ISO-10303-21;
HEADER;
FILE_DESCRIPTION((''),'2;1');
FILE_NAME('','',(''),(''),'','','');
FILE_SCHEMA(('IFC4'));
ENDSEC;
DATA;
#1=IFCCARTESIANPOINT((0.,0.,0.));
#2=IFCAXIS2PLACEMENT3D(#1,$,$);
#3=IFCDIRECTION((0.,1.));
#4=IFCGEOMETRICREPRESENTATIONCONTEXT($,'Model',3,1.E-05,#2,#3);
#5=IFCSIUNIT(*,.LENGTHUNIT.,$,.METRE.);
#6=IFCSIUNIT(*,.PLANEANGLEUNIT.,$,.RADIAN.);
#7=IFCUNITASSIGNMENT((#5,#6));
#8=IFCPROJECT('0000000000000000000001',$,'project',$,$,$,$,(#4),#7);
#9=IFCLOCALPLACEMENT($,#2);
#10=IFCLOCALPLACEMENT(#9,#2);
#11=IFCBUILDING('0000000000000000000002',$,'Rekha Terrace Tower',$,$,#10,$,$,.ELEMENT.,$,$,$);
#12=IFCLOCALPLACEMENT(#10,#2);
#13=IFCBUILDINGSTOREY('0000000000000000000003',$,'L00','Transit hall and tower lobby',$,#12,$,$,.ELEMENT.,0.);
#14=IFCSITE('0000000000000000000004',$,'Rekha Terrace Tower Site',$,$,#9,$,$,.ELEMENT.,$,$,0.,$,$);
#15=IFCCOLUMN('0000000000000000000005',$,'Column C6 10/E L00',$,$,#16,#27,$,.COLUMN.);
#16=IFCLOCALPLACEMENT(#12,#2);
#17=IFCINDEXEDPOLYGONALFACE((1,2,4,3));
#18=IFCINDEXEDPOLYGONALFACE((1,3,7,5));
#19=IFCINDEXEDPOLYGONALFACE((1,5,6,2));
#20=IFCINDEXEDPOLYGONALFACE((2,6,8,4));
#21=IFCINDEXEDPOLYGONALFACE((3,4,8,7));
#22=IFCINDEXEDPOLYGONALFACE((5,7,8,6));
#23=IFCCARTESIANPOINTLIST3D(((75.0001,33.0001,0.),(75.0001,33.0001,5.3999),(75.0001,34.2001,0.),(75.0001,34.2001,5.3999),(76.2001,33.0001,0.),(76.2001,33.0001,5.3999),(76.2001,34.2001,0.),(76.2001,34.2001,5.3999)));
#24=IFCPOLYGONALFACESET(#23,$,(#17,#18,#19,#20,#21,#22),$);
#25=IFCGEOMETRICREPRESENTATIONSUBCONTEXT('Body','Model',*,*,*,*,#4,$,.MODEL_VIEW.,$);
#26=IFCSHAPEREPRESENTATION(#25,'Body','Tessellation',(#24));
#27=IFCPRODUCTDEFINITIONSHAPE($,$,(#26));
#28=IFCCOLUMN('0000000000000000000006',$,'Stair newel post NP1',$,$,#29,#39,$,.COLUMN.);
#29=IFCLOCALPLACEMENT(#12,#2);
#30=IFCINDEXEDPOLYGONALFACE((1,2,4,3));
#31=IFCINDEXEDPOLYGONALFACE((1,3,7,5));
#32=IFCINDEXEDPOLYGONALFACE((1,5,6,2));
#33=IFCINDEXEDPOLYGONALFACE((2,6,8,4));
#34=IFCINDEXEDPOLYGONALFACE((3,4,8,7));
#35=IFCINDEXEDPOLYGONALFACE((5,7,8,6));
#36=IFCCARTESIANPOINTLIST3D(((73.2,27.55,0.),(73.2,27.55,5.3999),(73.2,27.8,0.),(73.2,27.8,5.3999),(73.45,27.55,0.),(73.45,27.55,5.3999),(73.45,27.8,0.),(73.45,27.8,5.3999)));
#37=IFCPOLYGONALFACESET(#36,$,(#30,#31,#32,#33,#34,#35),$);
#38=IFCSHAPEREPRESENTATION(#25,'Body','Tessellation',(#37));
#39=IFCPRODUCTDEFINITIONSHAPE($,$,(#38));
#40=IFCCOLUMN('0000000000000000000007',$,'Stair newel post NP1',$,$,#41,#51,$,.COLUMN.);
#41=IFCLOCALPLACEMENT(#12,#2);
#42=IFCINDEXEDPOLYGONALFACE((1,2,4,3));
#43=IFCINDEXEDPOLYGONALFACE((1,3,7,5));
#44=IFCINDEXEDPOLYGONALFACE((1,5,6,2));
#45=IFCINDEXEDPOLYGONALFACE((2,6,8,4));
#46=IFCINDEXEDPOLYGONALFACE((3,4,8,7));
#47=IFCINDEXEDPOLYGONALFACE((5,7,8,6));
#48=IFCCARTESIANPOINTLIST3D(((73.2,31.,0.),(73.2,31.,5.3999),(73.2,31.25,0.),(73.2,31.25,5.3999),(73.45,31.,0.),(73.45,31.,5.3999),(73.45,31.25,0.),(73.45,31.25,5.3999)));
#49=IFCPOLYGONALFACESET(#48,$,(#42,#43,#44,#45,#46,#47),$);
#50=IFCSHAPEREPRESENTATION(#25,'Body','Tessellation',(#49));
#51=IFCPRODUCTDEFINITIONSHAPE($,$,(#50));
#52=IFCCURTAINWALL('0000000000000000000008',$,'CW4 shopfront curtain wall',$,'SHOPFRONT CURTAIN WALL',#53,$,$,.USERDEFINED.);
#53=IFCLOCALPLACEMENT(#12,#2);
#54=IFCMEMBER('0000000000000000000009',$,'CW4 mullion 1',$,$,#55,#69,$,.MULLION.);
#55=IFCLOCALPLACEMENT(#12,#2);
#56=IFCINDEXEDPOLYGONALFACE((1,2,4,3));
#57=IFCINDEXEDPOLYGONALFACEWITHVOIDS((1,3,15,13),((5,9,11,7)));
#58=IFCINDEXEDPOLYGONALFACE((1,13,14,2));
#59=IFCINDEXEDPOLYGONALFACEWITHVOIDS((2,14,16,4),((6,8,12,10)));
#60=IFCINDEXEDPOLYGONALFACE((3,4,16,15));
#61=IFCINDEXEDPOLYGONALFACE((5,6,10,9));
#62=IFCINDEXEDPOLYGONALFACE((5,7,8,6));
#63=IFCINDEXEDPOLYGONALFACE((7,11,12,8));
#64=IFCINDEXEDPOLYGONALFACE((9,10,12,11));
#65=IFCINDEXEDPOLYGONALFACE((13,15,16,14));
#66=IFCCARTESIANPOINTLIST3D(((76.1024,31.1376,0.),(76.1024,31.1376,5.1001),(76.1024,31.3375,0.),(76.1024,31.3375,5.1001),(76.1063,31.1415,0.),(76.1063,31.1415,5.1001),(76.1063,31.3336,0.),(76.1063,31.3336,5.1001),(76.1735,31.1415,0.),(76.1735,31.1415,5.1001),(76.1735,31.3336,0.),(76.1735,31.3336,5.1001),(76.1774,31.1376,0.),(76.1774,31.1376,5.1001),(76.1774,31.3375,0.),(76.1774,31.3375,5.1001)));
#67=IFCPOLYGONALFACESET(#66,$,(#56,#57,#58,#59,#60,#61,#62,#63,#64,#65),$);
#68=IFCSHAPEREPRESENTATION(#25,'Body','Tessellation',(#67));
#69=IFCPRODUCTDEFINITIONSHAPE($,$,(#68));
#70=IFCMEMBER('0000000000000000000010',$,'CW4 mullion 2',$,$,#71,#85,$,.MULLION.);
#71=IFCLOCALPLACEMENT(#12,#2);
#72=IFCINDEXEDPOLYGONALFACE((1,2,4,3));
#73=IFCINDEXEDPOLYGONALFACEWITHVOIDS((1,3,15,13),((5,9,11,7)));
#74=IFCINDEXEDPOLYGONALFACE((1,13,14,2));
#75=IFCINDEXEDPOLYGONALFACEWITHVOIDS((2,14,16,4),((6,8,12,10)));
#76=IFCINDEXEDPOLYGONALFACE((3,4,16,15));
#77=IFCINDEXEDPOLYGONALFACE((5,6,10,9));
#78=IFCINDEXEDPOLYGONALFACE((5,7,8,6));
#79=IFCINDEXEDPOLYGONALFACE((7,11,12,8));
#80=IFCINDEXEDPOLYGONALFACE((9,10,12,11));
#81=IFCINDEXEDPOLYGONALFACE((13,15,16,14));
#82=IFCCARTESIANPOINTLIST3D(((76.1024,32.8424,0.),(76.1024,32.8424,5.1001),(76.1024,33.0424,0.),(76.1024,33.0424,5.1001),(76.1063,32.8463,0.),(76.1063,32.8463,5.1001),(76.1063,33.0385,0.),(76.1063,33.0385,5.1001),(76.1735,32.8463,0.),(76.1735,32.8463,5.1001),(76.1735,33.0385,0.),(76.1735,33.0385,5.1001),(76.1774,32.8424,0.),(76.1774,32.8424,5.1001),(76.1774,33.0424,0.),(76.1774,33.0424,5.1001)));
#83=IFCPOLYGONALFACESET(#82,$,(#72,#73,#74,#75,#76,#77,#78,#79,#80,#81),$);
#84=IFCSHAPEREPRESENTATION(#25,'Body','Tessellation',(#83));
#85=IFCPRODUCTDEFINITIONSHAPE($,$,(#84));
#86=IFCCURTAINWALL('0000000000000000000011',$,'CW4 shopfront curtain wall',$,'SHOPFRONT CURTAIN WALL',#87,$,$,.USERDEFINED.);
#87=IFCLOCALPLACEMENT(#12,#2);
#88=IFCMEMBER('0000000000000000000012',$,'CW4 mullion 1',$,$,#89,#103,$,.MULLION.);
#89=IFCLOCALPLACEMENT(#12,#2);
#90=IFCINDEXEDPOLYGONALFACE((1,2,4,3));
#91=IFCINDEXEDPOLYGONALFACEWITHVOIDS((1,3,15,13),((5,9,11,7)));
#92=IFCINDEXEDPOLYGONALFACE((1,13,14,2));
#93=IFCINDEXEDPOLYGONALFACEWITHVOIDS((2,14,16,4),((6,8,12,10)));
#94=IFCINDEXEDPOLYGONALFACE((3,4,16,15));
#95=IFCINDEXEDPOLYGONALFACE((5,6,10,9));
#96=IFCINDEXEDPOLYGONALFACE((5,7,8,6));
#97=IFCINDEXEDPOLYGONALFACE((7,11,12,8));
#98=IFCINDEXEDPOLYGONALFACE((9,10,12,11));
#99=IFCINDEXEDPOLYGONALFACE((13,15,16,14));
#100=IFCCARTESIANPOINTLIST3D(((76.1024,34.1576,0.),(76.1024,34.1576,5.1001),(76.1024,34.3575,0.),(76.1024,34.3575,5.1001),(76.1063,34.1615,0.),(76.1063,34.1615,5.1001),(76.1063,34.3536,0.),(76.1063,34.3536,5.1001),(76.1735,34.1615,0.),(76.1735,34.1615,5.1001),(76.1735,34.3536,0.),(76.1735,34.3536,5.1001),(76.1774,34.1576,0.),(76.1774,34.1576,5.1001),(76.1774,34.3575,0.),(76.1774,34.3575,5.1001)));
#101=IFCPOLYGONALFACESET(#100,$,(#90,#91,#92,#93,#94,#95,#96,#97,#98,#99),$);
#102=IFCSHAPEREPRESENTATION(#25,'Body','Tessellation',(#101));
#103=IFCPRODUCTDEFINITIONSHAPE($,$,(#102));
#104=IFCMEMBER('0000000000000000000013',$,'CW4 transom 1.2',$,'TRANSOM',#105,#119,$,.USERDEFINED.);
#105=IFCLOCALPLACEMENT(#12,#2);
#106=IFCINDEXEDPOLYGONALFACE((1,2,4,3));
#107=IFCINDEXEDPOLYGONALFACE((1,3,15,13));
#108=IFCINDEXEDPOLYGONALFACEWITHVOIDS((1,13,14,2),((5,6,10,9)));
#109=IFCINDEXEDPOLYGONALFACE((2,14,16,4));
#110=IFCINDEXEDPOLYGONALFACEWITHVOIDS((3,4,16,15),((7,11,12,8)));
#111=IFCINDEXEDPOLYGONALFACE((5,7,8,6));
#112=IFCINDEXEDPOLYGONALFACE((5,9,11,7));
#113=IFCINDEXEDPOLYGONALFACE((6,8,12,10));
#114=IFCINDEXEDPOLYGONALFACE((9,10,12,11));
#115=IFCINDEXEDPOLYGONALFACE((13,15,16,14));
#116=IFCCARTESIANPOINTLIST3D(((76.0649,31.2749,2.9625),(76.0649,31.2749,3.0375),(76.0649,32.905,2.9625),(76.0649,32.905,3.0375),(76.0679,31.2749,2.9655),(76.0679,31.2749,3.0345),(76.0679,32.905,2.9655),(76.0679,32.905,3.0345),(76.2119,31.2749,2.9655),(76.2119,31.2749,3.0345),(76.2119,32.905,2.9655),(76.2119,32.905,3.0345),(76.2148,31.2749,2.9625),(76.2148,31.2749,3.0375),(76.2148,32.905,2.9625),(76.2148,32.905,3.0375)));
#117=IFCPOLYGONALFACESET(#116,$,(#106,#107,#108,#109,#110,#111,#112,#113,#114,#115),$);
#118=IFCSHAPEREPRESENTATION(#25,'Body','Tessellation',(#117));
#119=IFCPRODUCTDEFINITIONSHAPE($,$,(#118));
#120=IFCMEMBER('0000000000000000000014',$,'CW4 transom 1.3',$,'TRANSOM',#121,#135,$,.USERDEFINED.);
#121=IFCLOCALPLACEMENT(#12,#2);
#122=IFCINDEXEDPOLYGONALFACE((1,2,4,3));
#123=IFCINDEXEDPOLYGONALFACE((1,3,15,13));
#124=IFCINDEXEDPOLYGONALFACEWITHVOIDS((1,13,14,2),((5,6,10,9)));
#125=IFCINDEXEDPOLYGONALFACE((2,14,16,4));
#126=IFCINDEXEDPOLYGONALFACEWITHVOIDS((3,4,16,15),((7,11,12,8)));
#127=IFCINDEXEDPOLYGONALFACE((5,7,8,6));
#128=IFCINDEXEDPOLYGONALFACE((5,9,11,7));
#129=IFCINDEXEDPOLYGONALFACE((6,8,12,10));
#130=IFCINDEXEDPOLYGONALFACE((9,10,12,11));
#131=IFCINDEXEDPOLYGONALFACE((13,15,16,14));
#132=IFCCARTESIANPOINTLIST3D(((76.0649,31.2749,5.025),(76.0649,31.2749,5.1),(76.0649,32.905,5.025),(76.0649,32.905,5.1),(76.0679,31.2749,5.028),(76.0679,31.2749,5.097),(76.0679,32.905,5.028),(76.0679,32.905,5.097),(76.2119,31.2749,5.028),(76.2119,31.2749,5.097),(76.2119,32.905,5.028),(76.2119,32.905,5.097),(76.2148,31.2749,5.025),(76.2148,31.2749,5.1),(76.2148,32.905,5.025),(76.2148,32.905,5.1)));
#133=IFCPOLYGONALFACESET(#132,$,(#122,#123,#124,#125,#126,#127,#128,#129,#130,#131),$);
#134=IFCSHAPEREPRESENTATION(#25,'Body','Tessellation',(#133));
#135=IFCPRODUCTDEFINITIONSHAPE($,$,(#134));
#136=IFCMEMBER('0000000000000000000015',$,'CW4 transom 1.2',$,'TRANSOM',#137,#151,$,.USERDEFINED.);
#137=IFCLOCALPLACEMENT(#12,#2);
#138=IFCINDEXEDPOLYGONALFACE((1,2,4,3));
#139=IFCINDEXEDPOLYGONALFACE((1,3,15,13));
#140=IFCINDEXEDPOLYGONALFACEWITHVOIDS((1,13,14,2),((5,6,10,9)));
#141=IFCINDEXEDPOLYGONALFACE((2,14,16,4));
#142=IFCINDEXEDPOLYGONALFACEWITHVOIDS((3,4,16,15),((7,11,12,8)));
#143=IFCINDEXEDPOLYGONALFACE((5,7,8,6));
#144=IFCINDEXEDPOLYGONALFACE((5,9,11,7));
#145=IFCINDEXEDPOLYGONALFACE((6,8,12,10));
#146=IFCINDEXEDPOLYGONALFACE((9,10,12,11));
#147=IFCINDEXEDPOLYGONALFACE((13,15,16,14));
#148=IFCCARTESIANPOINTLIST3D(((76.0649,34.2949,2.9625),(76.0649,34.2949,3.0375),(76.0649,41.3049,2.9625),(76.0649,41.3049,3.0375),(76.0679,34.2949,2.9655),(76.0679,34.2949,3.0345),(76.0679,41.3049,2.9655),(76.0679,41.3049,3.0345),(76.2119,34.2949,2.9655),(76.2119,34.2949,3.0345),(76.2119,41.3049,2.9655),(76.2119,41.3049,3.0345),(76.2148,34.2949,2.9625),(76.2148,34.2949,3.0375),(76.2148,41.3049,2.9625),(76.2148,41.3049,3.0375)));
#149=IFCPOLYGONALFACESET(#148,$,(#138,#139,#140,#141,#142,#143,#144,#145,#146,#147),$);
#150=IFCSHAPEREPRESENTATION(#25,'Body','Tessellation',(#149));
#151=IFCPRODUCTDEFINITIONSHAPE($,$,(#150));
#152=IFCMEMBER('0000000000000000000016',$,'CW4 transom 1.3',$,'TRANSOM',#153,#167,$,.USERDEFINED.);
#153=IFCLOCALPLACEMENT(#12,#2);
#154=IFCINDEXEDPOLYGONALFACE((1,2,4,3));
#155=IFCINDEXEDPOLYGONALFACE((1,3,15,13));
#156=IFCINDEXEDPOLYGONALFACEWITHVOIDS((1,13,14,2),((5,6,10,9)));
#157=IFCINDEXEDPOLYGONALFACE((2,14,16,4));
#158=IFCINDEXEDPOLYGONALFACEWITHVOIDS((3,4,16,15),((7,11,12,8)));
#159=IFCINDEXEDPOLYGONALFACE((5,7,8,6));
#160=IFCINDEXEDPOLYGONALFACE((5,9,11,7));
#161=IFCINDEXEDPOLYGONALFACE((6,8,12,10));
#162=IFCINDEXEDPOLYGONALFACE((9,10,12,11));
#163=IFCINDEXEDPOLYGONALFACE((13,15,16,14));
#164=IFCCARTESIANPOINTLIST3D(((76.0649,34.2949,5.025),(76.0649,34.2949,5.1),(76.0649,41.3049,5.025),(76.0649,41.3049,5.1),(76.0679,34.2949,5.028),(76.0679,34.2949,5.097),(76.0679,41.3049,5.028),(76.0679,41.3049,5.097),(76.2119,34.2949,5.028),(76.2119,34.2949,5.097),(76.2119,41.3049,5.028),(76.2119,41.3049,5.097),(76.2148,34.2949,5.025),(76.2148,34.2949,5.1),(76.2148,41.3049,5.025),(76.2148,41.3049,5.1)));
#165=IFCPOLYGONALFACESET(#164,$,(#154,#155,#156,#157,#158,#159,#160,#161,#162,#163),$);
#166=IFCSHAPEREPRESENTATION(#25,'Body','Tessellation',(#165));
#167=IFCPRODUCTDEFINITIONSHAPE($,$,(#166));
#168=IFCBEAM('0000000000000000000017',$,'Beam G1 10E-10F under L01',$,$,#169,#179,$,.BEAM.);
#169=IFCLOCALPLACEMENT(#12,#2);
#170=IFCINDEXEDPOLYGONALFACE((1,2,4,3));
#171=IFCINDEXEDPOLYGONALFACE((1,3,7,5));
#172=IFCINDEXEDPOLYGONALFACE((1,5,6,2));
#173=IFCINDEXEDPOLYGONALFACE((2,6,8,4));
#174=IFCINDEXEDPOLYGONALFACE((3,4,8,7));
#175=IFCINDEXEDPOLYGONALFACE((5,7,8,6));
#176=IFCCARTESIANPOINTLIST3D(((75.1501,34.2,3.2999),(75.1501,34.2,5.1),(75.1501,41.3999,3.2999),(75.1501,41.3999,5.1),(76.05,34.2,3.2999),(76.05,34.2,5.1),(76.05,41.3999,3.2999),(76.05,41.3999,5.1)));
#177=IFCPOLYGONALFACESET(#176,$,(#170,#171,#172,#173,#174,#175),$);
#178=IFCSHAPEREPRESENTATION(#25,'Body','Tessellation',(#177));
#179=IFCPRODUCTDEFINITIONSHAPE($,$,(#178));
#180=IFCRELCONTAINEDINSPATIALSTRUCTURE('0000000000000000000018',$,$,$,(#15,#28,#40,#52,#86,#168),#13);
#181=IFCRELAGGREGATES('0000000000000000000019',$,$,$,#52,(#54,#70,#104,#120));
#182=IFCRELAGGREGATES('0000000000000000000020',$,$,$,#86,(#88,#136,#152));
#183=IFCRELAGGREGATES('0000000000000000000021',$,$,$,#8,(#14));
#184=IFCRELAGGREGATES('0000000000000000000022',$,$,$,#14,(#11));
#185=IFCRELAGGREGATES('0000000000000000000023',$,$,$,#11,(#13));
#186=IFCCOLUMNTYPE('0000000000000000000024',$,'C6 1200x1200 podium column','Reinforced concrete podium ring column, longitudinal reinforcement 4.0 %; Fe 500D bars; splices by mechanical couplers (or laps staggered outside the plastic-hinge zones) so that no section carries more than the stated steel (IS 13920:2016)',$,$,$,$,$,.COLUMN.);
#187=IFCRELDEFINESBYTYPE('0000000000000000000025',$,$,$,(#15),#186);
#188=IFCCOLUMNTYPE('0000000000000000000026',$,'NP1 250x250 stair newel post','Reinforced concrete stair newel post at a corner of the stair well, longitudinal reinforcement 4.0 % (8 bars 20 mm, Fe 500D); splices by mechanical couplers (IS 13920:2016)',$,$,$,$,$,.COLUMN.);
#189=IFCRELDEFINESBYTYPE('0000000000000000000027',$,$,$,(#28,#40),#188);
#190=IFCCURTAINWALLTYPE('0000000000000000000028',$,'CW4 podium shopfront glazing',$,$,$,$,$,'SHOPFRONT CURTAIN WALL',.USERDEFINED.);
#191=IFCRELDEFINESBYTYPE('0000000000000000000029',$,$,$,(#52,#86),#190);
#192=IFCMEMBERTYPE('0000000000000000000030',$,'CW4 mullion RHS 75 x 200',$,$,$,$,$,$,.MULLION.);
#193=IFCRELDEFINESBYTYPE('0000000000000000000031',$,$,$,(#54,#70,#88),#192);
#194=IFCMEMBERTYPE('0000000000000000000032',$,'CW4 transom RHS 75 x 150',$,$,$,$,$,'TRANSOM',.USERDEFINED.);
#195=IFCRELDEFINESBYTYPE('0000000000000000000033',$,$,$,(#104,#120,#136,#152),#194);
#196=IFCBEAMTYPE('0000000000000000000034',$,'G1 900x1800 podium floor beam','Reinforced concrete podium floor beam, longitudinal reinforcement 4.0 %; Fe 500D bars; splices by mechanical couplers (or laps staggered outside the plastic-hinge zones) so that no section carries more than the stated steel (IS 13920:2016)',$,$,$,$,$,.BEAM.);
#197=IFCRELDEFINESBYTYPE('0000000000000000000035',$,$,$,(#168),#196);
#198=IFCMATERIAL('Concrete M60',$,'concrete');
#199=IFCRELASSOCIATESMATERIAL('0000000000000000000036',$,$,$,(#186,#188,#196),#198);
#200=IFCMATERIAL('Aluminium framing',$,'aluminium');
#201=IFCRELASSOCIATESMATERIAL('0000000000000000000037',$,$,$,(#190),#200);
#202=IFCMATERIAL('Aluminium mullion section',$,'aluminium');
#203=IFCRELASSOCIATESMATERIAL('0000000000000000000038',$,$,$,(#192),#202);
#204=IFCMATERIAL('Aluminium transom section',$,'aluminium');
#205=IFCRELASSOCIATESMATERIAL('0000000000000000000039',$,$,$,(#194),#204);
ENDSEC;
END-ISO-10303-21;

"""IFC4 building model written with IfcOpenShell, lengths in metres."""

from ifc_helpers import new_model, si_unit, direction, frame, origin, origin_2d, place, context, subcontext, project, spatial, rectangle, hollow_rectangle, extrude, material, material_profile, profile_set, type_object, element, aggregate, save


model = new_model("IFC4")

# Units and contexts
model_context = context("Model", 3, precision=1e-05, world=origin(), true_north=direction((0.0, 1.0)))
body_context = subcontext(model_context, "Body", "Model", "MODEL_VIEW")
ifc_project = project(units=[si_unit("LENGTHUNIT", "METRE"), si_unit("PLANEANGLEUNIT", "RADIAN")], contexts=[model_context])

# Site, building, storey
site_placement = place(None, origin())
site = spatial("IfcSite", under=ifc_project, at=site_placement, Name="Rekha Terrace Tower Site", CompositionType="ELEMENT", RefElevation=0.0)
building_placement = place(site_placement, origin())
building = spatial("IfcBuilding", under=site, at=building_placement, Name="Rekha Terrace Tower", CompositionType="ELEMENT")
storey_placement = place(building_placement, origin())
storey = spatial("IfcBuildingStorey", under=building, at=storey_placement, Name="L00", Description="Transit hall and tower lobby", CompositionType="ELEMENT", Elevation=0.0)

# Columns
ifc_material_1 = material(Name="Concrete M60", Category="concrete")
ifc_material_profile_1 = material_profile(ifc_material_1, rectangle(XDim=1.2, YDim=1.2, at=origin_2d()), Name="RC 1200x1200")
ifc_profile_set_1 = profile_set([ifc_material_profile_1], Name="Concrete M60")
column_type_1 = type_object("IfcColumnType", Name="C6 1200x1200 podium column", Description="Reinforced concrete podium ring column, longitudinal reinforcement 4.0 %; Fe 500D bars; splices by mechanical couplers (or laps staggered outside the plastic-hinge zones) so that no section carries more than the stated steel (IS 13920:2016)", PredefinedType="COLUMN", material=ifc_profile_set_1)
column_placement = place(storey_placement, frame((75.6001, 33.6001, 0.0), z_axis=(0.0, 0.0, 1.0), x_axis=(1.0, 0.0, 0.0)))
element("IfcColumn", 1, at=column_placement, inside=storey, type_object=column_type_1, Name="Column C6 10/E L00", PredefinedType="COLUMN", context=body_context, shape_type="SweptSolid", body=[
    extrude(rectangle(XDim=1.2, YDim=1.2, at=origin_2d()), origin(), (0.0, 0.0, 1.0), 5.3999),
])
ifc_material_profile_2 = material_profile(ifc_material_1, rectangle(XDim=0.25, YDim=0.25, at=origin_2d()), Name="RC 250x250")
ifc_profile_set_2 = profile_set([ifc_material_profile_2], Name="Concrete M60")
column_type_2 = type_object("IfcColumnType", Name="NP1 250x250 stair newel post", Description="Reinforced concrete stair newel post at a corner of the stair well, longitudinal reinforcement 4.0 % (8 bars 20 mm, Fe 500D); splices by mechanical couplers (IS 13920:2016)", PredefinedType="COLUMN", material=ifc_profile_set_2)
for number, where, z_axis, x_axis, name in (
    (2, (73.325, 27.675, 0.0), (0.0, 0.0, 1.0), (1.0, 0.0, 0.0), "Stair newel post NP1"),
    (3, (73.325, 31.125, 0.0), (0.0, 0.0, 1.0), (1.0, 0.0, 0.0), "Stair newel post NP1"),
):
    element("IfcColumn", number, at=place(storey_placement, frame(where, z_axis=z_axis, x_axis=x_axis)), inside=storey, type_object=column_type_2, Name=name, PredefinedType="COLUMN", context=body_context, shape_type="SweptSolid", body=[
        extrude(rectangle(XDim=0.25, YDim=0.25, at=origin_2d()), origin(), (0.0, 0.0, 1.0), 5.3999),
    ])

# Curtain wall, members
ifc_material_2 = material(Name="Aluminium framing", Category="aluminium")
curtain_wall_type = type_object("IfcCurtainWallType", Name="CW4 podium shopfront glazing", ElementType="SHOPFRONT CURTAIN WALL", PredefinedType="USERDEFINED", material=ifc_material_2)
curtain_wall_1_placement = place(storey_placement, origin())
curtain_wall_1 = element("IfcCurtainWall", 4, at=curtain_wall_1_placement, inside=storey, type_object=curtain_wall_type, Name="CW4 shopfront curtain wall", ObjectType="SHOPFRONT CURTAIN WALL", PredefinedType="USERDEFINED")
ifc_material_3 = material(Name="Aluminium mullion section", Category="aluminium")
ifc_material_profile_3 = material_profile(ifc_material_3, hollow_rectangle(XDim=0.075, YDim=0.2, WallThickness=0.0039, at=origin_2d()), Name="AL RHS 75x200")
ifc_profile_set_3 = profile_set([ifc_material_profile_3], Name="Aluminium mullion section")
member_type_1 = type_object("IfcMemberType", Name="CW4 mullion RHS 75 x 200", PredefinedType="MULLION", material=ifc_profile_set_3)
member_1_placement = place(storey_placement, frame((76.1399, 31.2375, 0.0), z_axis=(0.0, 0.0, 1.0), x_axis=(-1.0, 0.0, 0.0)))
member_1 = element("IfcMember", 5, at=member_1_placement, type_object=member_type_1, Name="CW4 mullion 1", PredefinedType="MULLION", context=body_context, shape_type="SweptSolid", body=[
    extrude(hollow_rectangle(XDim=0.075, YDim=0.2, WallThickness=0.0039, at=origin_2d()), origin(), (0.0, 0.0, 1.0), 5.1001),
])
member_2_placement = place(storey_placement, frame((76.1399, 32.9424, 0.0), z_axis=(0.0, 0.0, 1.0), x_axis=(-1.0, 0.0, 0.0)))
member_2 = element("IfcMember", 6, at=member_2_placement, type_object=member_type_1, Name="CW4 mullion 2", PredefinedType="MULLION", context=body_context, shape_type="SweptSolid", body=[
    extrude(hollow_rectangle(XDim=0.075, YDim=0.2, WallThickness=0.0039, at=origin_2d()), origin(), (0.0, 0.0, 1.0), 5.1001),
])

# Curtain wall, member
curtain_wall_2_placement = place(storey_placement, origin())
curtain_wall_2 = element("IfcCurtainWall", 7, at=curtain_wall_2_placement, inside=storey, type_object=curtain_wall_type, Name="CW4 shopfront curtain wall", ObjectType="SHOPFRONT CURTAIN WALL", PredefinedType="USERDEFINED")
member_3_placement = place(storey_placement, frame((76.1399, 34.2576, 0.0), z_axis=(0.0, 0.0, 1.0), x_axis=(-1.0, 0.0, 0.0)))
member_3 = element("IfcMember", 8, at=member_3_placement, type_object=member_type_1, Name="CW4 mullion 1", PredefinedType="MULLION", context=body_context, shape_type="SweptSolid", body=[
    extrude(hollow_rectangle(XDim=0.075, YDim=0.2, WallThickness=0.0039, at=origin_2d()), origin(), (0.0, 0.0, 1.0), 5.1001),
])

# Members
ifc_material_4 = material(Name="Aluminium transom section", Category="aluminium")
ifc_material_profile_4 = material_profile(ifc_material_4, hollow_rectangle(XDim=0.1499, YDim=0.075, WallThickness=0.0029, at=origin_2d()), Name="AL RHS 150x75")
ifc_profile_set_4 = profile_set([ifc_material_profile_4], Name="Aluminium transom section")
member_type_2 = type_object("IfcMemberType", Name="CW4 transom RHS 75 x 150", ElementType="TRANSOM", PredefinedType="USERDEFINED", material=ifc_profile_set_4)
member_4_placement = place(storey_placement, frame((76.1399, 31.2749, 3.0), z_axis=(0.0, 1.0, 0.0), x_axis=(-1.0, 0.0, 0.0)))
member_4 = element("IfcMember", 9, at=member_4_placement, type_object=member_type_2, Name="CW4 transom 1.2", ObjectType="TRANSOM", PredefinedType="USERDEFINED", context=body_context, shape_type="SweptSolid", body=[
    extrude(hollow_rectangle(XDim=0.1499, YDim=0.075, WallThickness=0.0029, at=origin_2d()), origin(), (0.0, 0.0, 1.0), 1.6301),
])
member_5_placement = place(storey_placement, frame((76.1399, 31.2749, 5.0625), z_axis=(0.0, 1.0, 0.0), x_axis=(-1.0, 0.0, 0.0)))
member_5 = element("IfcMember", 10, at=member_5_placement, type_object=member_type_2, Name="CW4 transom 1.3", ObjectType="TRANSOM", PredefinedType="USERDEFINED", context=body_context, shape_type="SweptSolid", body=[
    extrude(hollow_rectangle(XDim=0.1499, YDim=0.075, WallThickness=0.0029, at=origin_2d()), origin(), (0.0, 0.0, 1.0), 1.6301),
])
member_6_placement = place(storey_placement, frame((76.1399, 34.2949, 3.0), z_axis=(0.0, 1.0, 0.0), x_axis=(-1.0, 0.0, 0.0)))
member_6 = element("IfcMember", 11, at=member_6_placement, type_object=member_type_2, Name="CW4 transom 1.2", ObjectType="TRANSOM", PredefinedType="USERDEFINED", context=body_context, shape_type="SweptSolid", body=[
    extrude(hollow_rectangle(XDim=0.1499, YDim=0.075, WallThickness=0.0029, at=origin_2d()), origin(), (0.0, 0.0, 1.0), 7.01),
])
member_7_placement = place(storey_placement, frame((76.1399, 34.2949, 5.0625), z_axis=(0.0, 1.0, 0.0), x_axis=(-1.0, 0.0, 0.0)))
member_7 = element("IfcMember", 12, at=member_7_placement, type_object=member_type_2, Name="CW4 transom 1.3", ObjectType="TRANSOM", PredefinedType="USERDEFINED", context=body_context, shape_type="SweptSolid", body=[
    extrude(hollow_rectangle(XDim=0.1499, YDim=0.075, WallThickness=0.0029, at=origin_2d()), origin(), (0.0, 0.0, 1.0), 7.01),
])

# Beam
ifc_material_profile_5 = material_profile(ifc_material_1, rectangle(XDim=0.8999, YDim=1.8, at=origin_2d()), Name="RC 900x1800")
ifc_profile_set_5 = profile_set([ifc_material_profile_5], Name="Concrete M60")
beam_type = type_object("IfcBeamType", Name="G1 900x1800 podium floor beam", Description="Reinforced concrete podium floor beam, longitudinal reinforcement 4.0 %; Fe 500D bars; splices by mechanical couplers (or laps staggered outside the plastic-hinge zones) so that no section carries more than the stated steel (IS 13920:2016)", PredefinedType="BEAM", material=ifc_profile_set_5)
beam_placement = place(storey_placement, frame((75.6001, 34.2, 4.2), z_axis=(0.0, 1.0, 0.0), x_axis=(-1.0, 0.0, 0.0)))
element("IfcBeam", 13, at=beam_placement, inside=storey, type_object=beam_type, Name="Beam G1 10E-10F under L01", PredefinedType="BEAM", context=body_context, shape_type="SweptSolid", body=[
    extrude(rectangle(XDim=0.8999, YDim=1.8, at=origin_2d()), origin(), (0.0, 0.0, 1.0), 7.2),
])

aggregate(curtain_wall_1, [member_1, member_2, member_4, member_5])
aggregate(curtain_wall_2, [member_3, member_6, member_7])

save(model, "model.ifc")
